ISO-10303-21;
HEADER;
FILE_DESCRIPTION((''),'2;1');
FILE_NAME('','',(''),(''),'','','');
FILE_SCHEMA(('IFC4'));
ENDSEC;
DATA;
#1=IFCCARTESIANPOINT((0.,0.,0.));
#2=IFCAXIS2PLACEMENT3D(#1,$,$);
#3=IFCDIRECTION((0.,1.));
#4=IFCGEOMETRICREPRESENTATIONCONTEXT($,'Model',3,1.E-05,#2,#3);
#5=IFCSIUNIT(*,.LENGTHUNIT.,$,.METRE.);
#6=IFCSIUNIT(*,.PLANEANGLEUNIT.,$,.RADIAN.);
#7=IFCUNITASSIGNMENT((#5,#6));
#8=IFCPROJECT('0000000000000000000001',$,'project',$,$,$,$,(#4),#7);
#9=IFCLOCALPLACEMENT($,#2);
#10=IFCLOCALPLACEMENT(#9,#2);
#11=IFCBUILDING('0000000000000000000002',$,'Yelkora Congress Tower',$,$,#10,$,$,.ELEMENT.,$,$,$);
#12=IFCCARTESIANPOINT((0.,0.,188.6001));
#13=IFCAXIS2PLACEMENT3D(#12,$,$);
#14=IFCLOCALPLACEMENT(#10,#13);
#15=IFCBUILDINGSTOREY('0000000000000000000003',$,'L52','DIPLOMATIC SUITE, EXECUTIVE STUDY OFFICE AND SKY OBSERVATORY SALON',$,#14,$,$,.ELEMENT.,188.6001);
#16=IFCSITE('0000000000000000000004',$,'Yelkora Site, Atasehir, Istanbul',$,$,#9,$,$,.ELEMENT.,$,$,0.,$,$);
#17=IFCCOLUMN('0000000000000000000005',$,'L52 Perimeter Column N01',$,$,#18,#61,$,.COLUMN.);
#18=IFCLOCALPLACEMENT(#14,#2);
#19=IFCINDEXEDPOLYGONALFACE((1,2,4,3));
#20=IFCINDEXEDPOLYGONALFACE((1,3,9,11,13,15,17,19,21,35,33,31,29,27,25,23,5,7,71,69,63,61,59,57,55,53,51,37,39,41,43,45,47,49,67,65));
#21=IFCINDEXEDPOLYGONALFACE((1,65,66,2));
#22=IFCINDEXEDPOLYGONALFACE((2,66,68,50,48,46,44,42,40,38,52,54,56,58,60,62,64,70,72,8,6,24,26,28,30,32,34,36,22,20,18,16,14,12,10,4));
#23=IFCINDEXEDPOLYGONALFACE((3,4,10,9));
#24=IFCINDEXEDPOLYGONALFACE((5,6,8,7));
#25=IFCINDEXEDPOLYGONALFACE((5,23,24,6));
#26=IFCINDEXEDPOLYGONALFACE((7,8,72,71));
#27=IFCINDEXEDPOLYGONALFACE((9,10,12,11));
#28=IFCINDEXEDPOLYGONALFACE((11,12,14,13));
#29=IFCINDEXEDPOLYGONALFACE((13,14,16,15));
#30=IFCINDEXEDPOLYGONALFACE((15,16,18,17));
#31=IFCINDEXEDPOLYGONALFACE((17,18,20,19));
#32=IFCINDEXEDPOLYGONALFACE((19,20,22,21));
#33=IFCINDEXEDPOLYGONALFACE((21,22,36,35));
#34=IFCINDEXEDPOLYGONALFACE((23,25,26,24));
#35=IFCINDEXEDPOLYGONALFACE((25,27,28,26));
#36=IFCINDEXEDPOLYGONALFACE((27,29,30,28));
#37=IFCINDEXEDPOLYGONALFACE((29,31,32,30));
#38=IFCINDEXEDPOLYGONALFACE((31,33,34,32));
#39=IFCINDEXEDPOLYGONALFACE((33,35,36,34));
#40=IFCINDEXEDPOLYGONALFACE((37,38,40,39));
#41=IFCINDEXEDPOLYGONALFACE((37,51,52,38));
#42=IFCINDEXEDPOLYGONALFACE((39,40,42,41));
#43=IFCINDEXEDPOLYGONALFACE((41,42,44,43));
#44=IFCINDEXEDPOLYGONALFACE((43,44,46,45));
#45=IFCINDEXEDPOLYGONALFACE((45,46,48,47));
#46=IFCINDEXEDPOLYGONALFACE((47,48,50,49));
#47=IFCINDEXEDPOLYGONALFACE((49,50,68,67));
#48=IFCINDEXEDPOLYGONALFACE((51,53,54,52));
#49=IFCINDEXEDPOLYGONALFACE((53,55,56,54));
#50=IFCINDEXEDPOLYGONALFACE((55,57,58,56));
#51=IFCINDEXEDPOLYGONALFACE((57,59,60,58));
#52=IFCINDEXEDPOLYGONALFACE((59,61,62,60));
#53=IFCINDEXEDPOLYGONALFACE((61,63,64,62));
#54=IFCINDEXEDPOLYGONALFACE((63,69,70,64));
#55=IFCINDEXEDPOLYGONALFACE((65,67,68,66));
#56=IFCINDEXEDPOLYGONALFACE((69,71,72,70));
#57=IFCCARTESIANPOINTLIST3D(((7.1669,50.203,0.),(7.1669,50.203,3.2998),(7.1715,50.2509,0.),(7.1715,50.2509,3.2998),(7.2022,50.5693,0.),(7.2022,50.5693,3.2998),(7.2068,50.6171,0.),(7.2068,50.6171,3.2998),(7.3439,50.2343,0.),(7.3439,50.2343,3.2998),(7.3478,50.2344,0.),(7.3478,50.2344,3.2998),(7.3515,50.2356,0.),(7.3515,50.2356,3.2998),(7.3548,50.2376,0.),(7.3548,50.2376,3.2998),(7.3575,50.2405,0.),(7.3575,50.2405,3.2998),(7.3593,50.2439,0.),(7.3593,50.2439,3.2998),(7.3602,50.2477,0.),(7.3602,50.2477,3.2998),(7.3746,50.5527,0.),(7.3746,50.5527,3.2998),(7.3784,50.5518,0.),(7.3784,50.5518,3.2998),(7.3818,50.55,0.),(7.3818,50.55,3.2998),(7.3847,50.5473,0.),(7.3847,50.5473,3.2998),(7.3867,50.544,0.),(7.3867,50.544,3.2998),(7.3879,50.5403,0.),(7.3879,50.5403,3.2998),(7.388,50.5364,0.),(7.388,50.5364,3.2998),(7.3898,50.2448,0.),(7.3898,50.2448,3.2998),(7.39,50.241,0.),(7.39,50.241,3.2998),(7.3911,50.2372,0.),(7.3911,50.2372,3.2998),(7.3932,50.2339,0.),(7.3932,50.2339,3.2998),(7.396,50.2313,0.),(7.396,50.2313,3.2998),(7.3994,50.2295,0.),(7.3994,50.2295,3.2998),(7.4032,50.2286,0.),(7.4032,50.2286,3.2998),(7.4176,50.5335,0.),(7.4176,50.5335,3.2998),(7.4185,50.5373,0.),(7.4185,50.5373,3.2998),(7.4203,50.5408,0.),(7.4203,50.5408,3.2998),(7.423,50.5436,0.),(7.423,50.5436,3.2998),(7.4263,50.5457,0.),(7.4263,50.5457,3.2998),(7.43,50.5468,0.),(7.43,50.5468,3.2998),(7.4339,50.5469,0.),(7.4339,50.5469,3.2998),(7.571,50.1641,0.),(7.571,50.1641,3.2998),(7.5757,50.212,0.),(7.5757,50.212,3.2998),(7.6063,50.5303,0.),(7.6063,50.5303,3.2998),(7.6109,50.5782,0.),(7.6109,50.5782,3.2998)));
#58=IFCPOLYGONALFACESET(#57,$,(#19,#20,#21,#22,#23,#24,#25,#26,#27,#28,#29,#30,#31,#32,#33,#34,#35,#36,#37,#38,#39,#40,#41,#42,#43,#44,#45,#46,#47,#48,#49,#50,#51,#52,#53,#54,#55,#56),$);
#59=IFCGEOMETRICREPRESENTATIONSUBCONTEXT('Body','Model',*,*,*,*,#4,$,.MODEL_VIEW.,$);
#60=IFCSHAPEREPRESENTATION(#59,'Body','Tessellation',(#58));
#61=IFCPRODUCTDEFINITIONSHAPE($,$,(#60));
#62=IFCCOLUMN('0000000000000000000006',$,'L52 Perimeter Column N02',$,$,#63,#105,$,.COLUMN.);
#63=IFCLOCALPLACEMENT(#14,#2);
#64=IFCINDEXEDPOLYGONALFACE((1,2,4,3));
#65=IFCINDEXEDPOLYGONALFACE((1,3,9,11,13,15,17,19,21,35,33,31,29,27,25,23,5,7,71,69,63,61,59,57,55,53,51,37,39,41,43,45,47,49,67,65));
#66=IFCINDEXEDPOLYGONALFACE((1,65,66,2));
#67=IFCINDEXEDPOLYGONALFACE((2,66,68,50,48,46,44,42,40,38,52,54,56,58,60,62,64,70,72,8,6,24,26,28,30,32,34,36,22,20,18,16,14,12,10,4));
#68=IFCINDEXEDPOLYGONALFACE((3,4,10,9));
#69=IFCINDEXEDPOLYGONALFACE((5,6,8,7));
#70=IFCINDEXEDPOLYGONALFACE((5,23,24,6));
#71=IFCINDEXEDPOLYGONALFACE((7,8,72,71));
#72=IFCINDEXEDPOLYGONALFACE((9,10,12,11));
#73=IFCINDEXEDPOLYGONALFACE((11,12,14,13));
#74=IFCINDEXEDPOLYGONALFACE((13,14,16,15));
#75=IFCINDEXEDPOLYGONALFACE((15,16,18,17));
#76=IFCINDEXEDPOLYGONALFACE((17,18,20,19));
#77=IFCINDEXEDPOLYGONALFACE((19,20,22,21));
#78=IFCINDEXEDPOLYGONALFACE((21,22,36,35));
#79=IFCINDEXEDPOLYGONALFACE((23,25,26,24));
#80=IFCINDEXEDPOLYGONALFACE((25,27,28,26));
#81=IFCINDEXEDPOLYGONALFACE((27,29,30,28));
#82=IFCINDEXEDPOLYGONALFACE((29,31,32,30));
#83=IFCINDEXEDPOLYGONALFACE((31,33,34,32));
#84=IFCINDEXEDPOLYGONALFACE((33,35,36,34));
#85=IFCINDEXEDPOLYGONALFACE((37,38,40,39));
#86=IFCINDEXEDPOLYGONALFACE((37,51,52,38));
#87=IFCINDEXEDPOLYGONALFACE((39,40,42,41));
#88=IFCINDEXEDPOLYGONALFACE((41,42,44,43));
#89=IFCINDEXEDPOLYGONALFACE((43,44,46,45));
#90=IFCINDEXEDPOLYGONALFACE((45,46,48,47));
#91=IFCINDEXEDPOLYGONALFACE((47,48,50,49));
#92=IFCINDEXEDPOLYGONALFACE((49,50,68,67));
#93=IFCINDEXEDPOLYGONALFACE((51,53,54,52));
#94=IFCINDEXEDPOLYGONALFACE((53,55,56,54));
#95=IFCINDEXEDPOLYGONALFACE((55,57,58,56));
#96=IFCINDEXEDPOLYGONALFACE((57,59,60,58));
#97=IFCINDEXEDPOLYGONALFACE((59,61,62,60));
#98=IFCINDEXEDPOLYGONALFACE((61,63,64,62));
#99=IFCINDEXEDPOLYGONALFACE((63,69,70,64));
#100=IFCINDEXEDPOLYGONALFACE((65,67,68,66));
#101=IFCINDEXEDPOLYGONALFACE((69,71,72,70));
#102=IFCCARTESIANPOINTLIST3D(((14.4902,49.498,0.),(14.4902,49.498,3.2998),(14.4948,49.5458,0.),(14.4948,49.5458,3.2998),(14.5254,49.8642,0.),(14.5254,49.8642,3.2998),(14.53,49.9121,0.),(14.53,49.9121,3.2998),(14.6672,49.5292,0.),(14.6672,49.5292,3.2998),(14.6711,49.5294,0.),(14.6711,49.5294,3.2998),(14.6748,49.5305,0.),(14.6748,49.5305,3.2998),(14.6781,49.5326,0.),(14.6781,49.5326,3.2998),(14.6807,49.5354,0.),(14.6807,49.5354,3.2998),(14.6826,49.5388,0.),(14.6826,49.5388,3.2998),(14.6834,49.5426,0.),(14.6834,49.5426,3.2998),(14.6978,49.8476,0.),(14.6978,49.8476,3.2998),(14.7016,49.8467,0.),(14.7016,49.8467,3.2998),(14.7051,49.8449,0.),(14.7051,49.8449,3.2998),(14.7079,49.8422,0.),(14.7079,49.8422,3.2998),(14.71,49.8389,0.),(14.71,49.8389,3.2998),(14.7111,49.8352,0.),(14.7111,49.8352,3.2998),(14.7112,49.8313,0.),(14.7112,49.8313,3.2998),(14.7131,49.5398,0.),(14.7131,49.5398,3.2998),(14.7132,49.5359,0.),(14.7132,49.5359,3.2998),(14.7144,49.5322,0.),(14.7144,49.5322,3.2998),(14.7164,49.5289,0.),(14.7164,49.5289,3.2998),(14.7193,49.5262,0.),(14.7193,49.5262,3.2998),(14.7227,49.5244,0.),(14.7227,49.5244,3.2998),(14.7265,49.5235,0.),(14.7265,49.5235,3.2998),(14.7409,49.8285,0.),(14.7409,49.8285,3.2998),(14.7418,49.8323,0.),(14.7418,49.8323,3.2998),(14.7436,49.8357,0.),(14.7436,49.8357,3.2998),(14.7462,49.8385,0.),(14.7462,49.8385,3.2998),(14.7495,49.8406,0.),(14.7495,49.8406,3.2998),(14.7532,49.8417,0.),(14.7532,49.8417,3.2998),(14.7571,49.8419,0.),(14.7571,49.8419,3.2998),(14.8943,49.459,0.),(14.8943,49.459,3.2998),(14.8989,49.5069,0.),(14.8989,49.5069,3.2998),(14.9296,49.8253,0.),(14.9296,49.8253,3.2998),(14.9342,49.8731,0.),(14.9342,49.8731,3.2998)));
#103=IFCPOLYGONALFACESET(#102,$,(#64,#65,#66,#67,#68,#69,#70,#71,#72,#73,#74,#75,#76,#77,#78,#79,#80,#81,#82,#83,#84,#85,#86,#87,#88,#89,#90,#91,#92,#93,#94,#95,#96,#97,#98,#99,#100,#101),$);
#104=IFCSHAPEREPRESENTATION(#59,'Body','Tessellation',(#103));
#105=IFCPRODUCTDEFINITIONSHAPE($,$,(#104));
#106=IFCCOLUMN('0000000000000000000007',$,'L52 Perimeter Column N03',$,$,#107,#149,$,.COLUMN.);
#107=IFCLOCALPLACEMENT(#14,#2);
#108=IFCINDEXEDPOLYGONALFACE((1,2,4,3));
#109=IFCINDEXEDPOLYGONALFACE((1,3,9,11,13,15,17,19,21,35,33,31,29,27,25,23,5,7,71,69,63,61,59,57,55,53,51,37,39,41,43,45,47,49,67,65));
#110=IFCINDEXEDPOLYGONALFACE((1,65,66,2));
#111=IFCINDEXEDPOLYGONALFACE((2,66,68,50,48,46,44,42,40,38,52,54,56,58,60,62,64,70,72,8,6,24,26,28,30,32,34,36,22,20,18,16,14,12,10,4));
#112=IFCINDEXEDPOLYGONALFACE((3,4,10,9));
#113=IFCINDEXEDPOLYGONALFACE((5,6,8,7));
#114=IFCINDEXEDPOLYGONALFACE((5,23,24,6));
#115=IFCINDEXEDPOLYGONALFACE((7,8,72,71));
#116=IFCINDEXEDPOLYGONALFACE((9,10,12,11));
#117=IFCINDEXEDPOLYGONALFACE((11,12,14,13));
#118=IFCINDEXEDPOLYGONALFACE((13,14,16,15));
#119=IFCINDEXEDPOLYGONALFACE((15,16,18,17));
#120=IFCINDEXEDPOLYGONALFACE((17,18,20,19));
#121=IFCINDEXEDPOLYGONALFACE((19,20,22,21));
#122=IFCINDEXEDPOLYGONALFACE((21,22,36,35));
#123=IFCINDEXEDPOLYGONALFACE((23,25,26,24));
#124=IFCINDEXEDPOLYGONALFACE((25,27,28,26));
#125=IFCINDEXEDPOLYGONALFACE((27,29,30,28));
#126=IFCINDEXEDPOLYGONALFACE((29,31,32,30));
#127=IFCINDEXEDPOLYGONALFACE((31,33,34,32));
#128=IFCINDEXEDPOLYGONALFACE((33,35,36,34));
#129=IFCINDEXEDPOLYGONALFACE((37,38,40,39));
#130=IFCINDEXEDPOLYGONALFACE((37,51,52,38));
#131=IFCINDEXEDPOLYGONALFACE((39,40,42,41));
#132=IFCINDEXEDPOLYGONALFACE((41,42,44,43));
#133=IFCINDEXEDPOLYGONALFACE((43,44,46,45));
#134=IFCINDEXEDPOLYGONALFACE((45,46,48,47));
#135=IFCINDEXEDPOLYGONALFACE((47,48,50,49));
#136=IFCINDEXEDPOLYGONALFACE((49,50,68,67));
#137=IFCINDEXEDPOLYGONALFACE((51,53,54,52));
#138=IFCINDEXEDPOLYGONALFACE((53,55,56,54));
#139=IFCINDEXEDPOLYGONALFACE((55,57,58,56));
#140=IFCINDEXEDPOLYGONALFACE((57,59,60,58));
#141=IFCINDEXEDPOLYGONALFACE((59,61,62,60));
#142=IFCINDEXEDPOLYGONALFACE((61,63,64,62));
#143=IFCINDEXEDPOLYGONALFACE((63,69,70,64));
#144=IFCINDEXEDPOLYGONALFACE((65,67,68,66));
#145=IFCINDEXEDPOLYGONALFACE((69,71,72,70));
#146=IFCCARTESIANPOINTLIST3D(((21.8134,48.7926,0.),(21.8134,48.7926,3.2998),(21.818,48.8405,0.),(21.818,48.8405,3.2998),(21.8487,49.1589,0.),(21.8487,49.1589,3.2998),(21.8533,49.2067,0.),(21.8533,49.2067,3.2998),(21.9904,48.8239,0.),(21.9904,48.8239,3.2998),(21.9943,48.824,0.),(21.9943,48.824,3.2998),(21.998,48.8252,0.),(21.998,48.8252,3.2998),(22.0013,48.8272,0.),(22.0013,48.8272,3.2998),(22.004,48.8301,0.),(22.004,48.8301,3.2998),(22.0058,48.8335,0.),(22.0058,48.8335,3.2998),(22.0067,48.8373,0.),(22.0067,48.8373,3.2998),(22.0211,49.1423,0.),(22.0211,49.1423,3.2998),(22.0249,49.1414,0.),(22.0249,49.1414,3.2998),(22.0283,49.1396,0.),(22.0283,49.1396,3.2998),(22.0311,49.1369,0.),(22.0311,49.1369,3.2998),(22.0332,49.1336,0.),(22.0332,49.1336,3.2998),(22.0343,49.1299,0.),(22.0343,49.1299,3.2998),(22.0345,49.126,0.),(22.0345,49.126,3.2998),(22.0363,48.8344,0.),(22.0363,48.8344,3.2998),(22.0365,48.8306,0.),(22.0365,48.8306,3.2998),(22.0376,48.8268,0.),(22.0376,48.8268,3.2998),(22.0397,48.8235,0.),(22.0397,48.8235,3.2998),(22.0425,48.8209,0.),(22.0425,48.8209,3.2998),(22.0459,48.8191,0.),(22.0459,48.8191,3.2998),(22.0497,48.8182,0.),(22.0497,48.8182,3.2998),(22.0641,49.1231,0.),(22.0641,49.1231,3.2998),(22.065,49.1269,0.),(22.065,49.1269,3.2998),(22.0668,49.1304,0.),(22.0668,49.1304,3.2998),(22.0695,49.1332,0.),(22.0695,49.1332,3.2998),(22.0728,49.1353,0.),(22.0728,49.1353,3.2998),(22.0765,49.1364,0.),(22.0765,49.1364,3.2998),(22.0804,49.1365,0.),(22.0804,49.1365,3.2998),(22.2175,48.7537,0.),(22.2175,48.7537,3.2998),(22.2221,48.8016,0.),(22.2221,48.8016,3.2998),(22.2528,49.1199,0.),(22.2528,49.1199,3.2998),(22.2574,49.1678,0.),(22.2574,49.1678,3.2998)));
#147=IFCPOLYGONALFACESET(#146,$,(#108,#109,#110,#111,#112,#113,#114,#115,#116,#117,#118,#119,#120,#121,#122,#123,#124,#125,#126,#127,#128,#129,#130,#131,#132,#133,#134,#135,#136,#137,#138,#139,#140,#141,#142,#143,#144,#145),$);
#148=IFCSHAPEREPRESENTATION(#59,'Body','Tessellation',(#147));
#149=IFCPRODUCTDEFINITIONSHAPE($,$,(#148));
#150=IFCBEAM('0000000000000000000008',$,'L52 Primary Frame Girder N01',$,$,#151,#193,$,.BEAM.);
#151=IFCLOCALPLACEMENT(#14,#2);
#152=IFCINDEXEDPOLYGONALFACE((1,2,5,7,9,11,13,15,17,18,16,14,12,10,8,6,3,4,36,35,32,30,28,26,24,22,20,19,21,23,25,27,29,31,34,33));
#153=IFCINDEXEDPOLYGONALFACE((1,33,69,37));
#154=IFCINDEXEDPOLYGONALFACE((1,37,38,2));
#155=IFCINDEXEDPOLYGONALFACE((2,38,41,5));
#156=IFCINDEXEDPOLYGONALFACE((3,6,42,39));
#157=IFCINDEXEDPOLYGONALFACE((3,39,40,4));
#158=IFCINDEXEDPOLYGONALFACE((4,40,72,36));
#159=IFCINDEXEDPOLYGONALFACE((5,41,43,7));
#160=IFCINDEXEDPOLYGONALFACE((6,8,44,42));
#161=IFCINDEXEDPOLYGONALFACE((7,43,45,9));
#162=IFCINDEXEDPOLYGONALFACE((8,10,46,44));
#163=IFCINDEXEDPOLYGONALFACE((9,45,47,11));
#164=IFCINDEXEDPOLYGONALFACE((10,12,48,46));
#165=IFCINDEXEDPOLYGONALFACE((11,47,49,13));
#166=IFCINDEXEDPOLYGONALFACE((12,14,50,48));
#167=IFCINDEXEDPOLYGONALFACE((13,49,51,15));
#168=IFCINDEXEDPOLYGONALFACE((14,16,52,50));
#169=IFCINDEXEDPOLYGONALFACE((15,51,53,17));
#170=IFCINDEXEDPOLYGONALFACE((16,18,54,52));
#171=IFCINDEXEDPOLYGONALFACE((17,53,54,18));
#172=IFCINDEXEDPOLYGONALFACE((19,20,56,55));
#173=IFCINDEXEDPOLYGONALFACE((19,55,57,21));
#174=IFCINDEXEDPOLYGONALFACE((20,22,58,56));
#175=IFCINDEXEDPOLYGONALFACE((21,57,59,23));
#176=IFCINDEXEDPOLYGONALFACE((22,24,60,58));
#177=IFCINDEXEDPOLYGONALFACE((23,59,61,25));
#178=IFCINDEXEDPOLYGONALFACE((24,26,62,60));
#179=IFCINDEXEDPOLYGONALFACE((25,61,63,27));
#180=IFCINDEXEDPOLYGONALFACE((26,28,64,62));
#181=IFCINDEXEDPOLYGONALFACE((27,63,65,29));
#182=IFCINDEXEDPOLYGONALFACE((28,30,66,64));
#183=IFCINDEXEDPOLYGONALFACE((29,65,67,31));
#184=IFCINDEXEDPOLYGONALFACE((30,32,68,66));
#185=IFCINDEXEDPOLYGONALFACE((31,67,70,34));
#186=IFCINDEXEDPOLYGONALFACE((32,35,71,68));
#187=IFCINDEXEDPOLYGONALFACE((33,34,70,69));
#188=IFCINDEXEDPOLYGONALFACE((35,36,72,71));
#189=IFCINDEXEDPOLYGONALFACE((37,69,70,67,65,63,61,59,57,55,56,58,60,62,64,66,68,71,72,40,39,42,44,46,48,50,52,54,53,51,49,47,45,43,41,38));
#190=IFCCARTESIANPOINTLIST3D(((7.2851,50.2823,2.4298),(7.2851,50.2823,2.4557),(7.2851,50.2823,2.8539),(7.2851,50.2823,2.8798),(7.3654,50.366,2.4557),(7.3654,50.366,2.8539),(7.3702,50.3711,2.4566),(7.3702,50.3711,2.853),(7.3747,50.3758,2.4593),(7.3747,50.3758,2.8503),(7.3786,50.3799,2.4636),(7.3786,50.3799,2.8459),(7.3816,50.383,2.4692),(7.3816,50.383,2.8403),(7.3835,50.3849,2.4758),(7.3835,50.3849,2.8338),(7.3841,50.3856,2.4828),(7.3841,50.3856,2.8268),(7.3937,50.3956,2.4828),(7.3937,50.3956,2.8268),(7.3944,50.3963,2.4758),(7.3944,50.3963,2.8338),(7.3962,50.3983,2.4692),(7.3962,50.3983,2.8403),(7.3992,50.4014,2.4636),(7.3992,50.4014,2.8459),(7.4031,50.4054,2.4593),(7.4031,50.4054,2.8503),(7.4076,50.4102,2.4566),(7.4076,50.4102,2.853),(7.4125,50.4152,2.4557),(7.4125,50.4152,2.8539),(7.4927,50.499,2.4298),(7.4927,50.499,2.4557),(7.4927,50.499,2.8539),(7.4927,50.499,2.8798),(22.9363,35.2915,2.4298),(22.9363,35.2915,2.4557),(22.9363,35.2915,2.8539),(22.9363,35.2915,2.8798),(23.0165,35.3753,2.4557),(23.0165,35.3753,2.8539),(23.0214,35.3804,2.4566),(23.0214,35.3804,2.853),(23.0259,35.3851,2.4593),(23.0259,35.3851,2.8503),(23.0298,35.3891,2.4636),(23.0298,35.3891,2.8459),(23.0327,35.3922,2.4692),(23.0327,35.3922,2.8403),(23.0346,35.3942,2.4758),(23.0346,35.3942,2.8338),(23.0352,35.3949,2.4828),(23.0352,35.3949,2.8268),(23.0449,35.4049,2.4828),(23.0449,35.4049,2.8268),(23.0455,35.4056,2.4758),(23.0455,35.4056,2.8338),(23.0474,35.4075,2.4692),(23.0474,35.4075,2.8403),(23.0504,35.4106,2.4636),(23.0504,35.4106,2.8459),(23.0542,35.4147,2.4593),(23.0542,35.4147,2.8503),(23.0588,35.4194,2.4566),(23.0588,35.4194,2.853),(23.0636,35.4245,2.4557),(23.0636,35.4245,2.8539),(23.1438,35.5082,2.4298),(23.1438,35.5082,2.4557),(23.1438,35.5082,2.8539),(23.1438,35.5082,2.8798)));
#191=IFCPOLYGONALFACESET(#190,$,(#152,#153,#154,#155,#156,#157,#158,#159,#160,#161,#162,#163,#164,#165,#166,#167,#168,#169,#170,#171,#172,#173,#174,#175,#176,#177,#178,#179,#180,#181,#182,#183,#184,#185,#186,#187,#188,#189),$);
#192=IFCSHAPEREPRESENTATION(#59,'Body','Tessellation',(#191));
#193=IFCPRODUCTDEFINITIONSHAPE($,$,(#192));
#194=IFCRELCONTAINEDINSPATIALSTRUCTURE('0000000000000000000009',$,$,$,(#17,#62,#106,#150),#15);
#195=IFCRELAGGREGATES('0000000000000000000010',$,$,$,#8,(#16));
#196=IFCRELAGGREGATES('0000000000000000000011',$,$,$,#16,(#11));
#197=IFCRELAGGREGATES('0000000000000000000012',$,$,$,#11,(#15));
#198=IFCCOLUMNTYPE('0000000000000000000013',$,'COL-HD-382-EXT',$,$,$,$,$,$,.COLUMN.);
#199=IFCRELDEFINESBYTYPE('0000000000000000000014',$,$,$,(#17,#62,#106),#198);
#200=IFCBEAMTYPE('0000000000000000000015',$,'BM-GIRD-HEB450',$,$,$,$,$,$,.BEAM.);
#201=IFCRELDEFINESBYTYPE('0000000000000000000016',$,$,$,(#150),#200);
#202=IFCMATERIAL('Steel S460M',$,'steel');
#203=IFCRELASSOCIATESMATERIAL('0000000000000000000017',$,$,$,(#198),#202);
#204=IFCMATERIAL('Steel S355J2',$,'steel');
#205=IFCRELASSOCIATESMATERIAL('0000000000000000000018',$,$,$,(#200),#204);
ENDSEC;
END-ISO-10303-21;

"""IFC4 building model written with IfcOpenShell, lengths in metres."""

from ifc_helpers import new_model, si_unit, direction, frame, origin, origin_2d, place, context, subcontext, project, spatial, i_section, extrude, material, material_profile, profile_set, type_object, element, save


model = new_model("IFC4")

# Units and contexts
model_context = context("Model", 3, precision=1e-05, world=origin(), true_north=direction((0.0, 1.0)))
body_context = subcontext(model_context, "Body", "Model", "MODEL_VIEW")
ifc_project = project(units=[si_unit("LENGTHUNIT", "METRE"), si_unit("PLANEANGLEUNIT", "RADIAN")], contexts=[model_context])

# Site, building, storey
site_placement = place(None, origin())
site = spatial("IfcSite", under=ifc_project, at=site_placement, Name="Yelkora Site, Atasehir, Istanbul", CompositionType="ELEMENT", RefElevation=0.0)
building_placement = place(site_placement, origin())
building = spatial("IfcBuilding", under=site, at=building_placement, Name="Yelkora Congress Tower", CompositionType="ELEMENT")
storey_placement = place(building_placement, frame((0.0, 0.0, 188.6001)))
storey = spatial("IfcBuildingStorey", under=building, at=storey_placement, Name="L52", Description="DIPLOMATIC SUITE, EXECUTIVE STUDY OFFICE AND SKY OBSERVATORY SALON", CompositionType="ELEMENT", Elevation=188.6001)

# Columns
ifc_material_1 = material(Name="Steel S460M", Category="steel")
ifc_material_profile_1 = material_profile(ifc_material_1, i_section(OverallWidth=0.406, OverallDepth=0.416, WebThickness=0.0298, FlangeThickness=0.0481, FilletRadius=0.0149, at=origin_2d()), Name="HD 400x382")
ifc_profile_set_1 = profile_set([ifc_material_profile_1], Name="Steel S460M")
column_type = type_object("IfcColumnType", Name="COL-HD-382-EXT", PredefinedType="COLUMN", material=ifc_profile_set_1)
for number, where, z_axis, x_axis, name in (
    (1, (7.3889, 50.3906, 0.0), (0.0, 0.0, 1.0), (0.995396, -0.095846, 0.0), "L52 Perimeter Column N01"),
    (2, (14.7122, 49.6855, 0.0), (0.0, 0.0, 1.0), (0.995396, -0.095846, 0.0), "L52 Perimeter Column N02"),
    (3, (22.0354, 48.9802, 0.0), (0.0, 0.0, 1.0), (0.995396, -0.095846, 0.0), "L52 Perimeter Column N03"),
):
    element("IfcColumn", number, at=place(storey_placement, frame(where, z_axis=z_axis, x_axis=x_axis)), inside=storey, type_object=column_type, Name=name, PredefinedType="COLUMN", context=body_context, shape_type="SweptSolid", body=[
        extrude(i_section(OverallWidth=0.406, OverallDepth=0.416, WebThickness=0.0298, FlangeThickness=0.0481, FilletRadius=0.0149, at=origin_2d()), origin(), (0.0, 0.0, 1.0), 3.2998),
    ])

# Beam
ifc_material_2 = material(Name="Steel S355J2", Category="steel")
ifc_material_profile_2 = material_profile(ifc_material_2, i_section(OverallWidth=0.3, OverallDepth=0.45, WebThickness=0.0139, FlangeThickness=0.0259, FilletRadius=0.0271, at=origin_2d()), Name="HEB 450")
ifc_profile_set_2 = profile_set([ifc_material_profile_2], Name="Steel S355J2")
beam_type_1 = type_object("IfcBeamType", Name="BM-GIRD-HEB450", PredefinedType="BEAM", material=ifc_profile_set_2)
beam_1_placement = place(storey_placement, frame((7.3889, 50.3906, 2.6548), z_axis=(0.722179, -0.691706, 0.0), x_axis=(0.691706, 0.722179, 0.0)))
element("IfcBeam", 4, at=beam_1_placement, inside=storey, type_object=beam_type_1, Name="L52 Primary Frame Girder N01", PredefinedType="BEAM", context=body_context, shape_type="SweptSolid", body=[
    extrude(i_section(OverallWidth=0.3, OverallDepth=0.45, WebThickness=0.0139, FlangeThickness=0.0259, FilletRadius=0.0271, at=origin_2d()), origin(), (0.0, 0.0, 1.0), 21.6721),
])

save(model, "model.ifc")
